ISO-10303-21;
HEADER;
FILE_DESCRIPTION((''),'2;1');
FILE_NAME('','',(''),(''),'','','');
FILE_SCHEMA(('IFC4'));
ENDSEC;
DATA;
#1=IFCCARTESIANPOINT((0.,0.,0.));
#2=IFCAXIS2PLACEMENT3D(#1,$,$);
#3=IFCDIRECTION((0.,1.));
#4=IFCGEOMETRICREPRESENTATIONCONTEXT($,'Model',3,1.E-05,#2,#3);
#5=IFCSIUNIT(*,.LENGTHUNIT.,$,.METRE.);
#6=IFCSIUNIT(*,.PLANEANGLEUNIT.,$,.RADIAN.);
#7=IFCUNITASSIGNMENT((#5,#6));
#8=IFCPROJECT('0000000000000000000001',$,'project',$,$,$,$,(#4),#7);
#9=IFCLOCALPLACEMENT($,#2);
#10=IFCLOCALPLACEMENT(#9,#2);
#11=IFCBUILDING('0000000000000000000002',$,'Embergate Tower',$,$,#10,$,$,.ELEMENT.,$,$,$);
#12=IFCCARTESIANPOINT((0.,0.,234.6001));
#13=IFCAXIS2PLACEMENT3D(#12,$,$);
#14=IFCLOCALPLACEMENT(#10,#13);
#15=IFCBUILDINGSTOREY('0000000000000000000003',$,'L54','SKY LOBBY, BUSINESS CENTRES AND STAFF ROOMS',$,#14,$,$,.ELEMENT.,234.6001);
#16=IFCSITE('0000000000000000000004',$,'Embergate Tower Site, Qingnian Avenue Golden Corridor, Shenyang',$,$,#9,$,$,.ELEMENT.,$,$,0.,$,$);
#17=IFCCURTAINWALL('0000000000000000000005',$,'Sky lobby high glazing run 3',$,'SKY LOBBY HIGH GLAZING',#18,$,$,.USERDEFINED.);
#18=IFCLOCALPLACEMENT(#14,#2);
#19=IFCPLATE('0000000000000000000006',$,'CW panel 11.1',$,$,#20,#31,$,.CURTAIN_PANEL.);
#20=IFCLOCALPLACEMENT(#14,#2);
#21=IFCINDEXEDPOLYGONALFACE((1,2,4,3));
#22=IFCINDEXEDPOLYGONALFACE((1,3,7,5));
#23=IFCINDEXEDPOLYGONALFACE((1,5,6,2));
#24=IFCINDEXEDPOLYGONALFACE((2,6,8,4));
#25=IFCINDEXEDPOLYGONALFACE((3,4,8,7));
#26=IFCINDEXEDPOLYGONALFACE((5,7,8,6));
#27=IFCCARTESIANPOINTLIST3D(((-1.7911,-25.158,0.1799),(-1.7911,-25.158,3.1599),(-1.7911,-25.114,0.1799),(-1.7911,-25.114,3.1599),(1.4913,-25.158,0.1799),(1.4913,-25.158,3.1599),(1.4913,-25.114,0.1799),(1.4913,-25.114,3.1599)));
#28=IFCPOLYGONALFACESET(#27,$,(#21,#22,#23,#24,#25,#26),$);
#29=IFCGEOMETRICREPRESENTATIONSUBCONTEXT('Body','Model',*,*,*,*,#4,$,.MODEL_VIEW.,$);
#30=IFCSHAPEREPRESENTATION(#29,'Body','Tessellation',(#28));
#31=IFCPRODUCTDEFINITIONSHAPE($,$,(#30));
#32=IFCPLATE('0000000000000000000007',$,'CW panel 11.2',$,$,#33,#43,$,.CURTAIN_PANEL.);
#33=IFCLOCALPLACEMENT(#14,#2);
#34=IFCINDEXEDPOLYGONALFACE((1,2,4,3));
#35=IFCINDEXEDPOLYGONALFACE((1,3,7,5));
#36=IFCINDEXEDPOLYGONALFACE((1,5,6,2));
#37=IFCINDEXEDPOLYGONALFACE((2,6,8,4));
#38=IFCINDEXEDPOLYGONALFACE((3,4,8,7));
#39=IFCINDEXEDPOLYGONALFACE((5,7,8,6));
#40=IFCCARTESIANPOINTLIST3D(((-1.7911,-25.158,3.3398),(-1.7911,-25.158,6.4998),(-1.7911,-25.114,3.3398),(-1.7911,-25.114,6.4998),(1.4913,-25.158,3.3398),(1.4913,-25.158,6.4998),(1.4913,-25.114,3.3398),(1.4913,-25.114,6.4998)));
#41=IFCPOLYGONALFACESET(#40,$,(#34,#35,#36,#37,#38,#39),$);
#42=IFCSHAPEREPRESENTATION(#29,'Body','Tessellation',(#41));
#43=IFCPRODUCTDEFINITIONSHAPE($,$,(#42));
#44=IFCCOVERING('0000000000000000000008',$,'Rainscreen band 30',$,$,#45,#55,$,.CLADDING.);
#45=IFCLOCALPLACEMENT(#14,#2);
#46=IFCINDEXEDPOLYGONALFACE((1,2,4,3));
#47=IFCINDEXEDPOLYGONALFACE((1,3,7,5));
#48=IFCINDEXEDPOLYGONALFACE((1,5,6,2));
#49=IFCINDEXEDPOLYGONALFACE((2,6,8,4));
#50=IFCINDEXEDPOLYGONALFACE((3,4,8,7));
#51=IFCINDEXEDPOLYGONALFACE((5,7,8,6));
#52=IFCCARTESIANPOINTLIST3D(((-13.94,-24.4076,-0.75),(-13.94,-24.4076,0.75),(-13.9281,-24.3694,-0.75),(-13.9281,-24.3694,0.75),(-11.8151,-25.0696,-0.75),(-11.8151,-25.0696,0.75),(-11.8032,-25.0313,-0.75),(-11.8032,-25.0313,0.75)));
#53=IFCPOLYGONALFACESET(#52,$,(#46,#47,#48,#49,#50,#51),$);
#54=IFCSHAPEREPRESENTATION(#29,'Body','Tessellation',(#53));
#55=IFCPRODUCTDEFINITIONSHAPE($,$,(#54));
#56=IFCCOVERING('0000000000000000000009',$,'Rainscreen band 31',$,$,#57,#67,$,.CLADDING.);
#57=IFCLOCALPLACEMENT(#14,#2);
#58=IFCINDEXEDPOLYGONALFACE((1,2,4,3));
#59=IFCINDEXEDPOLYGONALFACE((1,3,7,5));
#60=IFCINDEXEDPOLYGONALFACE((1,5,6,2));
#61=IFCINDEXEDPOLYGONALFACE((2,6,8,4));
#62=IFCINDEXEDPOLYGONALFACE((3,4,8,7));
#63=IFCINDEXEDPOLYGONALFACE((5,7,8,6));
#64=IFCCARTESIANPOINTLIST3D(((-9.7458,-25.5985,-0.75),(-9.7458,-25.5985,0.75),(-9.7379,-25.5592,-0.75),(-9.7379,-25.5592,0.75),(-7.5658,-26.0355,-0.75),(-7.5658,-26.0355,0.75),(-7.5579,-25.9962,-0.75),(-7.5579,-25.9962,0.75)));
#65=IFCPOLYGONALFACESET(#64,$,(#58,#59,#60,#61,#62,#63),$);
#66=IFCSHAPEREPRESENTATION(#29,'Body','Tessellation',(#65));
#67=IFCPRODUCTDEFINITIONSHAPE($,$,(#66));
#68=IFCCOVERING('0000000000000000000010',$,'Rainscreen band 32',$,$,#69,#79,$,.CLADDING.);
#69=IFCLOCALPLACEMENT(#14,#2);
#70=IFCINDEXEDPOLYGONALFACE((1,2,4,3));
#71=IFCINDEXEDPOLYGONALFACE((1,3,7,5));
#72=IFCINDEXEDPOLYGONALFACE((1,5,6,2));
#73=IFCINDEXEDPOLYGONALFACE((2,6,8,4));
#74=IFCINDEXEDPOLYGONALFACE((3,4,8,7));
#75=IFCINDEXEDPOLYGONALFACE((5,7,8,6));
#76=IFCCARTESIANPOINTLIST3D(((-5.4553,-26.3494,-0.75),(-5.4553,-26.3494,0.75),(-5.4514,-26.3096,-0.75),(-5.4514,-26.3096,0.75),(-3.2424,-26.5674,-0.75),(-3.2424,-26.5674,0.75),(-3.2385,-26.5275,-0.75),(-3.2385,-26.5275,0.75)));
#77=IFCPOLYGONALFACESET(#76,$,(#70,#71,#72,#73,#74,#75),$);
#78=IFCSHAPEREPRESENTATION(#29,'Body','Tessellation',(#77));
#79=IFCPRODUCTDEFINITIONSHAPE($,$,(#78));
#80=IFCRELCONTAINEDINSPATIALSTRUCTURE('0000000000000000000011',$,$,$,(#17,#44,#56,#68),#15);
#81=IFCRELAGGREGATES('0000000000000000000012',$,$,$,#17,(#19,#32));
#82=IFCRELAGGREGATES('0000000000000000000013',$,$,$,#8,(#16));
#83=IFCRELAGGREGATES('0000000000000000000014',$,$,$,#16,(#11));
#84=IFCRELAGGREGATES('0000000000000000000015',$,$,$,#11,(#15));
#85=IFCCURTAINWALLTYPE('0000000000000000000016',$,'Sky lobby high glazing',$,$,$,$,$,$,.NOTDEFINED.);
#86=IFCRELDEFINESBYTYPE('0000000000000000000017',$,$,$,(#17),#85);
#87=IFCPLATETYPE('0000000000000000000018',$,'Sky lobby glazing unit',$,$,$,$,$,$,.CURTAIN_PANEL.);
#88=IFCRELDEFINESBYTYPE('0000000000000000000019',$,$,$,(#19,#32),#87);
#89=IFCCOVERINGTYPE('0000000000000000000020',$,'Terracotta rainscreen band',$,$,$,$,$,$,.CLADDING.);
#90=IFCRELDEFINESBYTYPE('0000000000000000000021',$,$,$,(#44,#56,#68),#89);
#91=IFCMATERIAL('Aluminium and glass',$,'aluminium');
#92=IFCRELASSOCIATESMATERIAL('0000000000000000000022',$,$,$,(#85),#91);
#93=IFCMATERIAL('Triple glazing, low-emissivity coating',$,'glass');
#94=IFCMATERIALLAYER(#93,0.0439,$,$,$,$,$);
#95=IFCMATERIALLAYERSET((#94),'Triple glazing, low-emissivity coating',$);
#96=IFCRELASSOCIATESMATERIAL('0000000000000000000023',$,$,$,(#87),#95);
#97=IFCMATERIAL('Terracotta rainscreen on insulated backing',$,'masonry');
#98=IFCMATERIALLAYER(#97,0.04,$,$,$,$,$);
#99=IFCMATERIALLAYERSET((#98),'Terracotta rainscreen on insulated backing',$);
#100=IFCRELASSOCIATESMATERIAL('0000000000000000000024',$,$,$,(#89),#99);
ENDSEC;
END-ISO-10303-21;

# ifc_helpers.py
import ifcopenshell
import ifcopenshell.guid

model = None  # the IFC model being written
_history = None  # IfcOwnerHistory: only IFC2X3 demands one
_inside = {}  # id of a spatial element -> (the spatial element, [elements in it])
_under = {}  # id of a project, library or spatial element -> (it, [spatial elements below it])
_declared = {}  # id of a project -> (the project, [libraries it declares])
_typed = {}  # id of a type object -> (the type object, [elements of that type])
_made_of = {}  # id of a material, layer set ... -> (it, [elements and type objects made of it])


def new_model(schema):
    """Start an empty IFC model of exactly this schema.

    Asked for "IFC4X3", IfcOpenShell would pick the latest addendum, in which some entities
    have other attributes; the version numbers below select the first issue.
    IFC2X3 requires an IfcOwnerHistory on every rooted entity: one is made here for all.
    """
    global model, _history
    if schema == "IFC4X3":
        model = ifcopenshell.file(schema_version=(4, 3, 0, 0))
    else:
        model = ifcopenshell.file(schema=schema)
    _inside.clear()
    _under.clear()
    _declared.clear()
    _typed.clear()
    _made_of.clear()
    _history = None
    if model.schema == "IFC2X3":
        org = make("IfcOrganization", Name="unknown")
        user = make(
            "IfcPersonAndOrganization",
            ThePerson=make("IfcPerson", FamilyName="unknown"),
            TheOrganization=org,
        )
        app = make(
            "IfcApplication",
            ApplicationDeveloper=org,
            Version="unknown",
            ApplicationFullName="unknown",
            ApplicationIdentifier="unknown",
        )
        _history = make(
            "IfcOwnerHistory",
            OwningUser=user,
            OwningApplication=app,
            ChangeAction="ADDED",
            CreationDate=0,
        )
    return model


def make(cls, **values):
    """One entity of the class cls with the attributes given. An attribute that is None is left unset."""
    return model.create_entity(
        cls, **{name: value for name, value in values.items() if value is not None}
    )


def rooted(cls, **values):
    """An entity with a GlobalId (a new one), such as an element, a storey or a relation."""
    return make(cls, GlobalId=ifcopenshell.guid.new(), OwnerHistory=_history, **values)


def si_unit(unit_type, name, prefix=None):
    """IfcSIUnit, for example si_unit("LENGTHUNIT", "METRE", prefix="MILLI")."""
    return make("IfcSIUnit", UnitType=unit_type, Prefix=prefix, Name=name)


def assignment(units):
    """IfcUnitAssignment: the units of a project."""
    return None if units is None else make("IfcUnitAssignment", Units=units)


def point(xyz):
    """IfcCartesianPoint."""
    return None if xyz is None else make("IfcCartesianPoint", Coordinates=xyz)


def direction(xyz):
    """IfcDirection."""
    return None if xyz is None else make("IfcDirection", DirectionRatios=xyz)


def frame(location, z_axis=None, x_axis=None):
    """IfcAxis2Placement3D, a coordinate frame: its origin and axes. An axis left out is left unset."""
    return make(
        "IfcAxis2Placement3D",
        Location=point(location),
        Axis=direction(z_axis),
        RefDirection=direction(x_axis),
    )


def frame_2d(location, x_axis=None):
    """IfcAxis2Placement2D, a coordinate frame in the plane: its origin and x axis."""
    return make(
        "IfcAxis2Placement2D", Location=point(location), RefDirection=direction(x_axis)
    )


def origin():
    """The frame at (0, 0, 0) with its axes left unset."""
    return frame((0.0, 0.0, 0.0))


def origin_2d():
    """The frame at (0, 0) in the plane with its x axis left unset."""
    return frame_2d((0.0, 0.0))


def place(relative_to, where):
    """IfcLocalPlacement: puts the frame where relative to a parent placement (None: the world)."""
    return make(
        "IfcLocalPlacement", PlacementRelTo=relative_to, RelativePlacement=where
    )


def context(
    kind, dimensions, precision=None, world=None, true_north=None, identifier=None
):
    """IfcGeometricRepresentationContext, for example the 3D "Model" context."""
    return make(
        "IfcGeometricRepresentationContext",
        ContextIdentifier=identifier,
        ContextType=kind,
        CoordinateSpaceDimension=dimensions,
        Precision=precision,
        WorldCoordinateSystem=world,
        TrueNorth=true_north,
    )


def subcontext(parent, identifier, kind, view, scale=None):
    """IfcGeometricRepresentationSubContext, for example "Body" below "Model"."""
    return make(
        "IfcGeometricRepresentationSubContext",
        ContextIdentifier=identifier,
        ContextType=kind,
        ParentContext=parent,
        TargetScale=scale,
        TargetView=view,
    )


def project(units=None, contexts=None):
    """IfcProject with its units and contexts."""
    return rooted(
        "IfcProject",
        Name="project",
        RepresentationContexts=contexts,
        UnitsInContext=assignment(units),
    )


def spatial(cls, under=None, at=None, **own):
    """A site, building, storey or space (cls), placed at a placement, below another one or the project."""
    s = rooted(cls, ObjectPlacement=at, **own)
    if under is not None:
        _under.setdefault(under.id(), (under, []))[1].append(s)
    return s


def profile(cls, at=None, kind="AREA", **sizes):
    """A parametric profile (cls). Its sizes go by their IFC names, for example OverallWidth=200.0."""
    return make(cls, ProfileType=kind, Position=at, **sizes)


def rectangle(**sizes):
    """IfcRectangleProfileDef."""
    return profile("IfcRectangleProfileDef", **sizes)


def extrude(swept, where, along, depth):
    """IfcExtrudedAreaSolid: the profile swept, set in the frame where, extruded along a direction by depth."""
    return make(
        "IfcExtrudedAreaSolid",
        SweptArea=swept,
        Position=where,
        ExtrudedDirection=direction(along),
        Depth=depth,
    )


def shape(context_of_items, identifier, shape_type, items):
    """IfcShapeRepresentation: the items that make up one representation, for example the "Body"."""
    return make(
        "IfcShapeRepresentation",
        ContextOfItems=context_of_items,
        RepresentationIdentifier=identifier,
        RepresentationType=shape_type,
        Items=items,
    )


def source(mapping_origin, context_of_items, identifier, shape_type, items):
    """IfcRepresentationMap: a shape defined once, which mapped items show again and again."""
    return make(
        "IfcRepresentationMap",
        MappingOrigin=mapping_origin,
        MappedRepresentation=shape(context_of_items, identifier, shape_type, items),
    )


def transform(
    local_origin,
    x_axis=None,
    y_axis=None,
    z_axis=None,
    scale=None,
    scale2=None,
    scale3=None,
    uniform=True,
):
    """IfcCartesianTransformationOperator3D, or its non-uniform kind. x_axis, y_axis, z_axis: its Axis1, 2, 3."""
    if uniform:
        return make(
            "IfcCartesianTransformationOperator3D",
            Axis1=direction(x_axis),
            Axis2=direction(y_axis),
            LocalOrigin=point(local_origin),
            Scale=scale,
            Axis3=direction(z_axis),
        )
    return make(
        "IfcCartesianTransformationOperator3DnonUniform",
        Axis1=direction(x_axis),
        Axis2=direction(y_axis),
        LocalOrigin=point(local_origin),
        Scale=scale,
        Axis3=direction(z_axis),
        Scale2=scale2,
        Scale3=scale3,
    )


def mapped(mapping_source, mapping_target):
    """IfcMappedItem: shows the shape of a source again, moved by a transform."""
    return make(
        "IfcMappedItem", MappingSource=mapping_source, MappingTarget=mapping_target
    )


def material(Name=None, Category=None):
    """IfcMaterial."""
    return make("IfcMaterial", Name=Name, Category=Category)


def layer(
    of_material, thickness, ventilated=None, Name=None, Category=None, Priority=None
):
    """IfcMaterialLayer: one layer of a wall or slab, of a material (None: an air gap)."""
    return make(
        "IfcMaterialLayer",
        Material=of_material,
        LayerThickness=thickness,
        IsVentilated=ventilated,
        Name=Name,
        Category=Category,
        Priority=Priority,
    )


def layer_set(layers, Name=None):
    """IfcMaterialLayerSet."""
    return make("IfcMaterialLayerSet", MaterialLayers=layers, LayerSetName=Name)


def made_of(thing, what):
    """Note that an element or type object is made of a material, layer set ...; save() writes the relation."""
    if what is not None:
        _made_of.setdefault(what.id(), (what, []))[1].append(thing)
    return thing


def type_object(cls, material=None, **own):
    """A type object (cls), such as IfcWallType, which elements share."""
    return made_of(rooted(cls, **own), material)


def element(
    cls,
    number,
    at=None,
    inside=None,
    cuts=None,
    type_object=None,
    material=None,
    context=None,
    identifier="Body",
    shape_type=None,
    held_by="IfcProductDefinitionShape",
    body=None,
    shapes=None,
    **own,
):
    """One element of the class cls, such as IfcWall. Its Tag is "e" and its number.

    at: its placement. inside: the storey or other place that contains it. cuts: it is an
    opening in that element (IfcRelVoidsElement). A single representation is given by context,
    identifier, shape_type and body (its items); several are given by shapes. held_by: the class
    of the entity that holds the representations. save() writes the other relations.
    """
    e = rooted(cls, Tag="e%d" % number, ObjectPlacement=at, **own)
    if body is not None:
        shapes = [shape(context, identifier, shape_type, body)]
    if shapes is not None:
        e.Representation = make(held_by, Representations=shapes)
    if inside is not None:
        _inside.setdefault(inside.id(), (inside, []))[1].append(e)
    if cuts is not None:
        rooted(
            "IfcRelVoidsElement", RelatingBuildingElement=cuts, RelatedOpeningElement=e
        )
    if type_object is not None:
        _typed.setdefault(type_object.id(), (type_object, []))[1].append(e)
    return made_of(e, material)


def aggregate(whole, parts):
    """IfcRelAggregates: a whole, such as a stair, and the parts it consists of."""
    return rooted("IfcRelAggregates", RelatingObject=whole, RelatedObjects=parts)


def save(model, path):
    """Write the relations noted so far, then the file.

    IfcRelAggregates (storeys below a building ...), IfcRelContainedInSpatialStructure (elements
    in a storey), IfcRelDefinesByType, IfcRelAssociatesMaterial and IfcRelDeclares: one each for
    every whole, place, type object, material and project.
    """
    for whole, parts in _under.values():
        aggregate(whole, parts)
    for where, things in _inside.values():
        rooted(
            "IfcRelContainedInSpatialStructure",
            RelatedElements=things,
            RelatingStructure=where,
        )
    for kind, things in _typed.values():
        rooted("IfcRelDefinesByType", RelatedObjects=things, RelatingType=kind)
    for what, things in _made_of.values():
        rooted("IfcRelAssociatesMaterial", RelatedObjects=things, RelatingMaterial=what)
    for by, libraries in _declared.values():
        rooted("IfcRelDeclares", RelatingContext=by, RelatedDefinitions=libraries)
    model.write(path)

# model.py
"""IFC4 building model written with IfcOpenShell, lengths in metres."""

from ifc_helpers import new_model, si_unit, direction, frame, origin, origin_2d, place, context, subcontext, project, spatial, rectangle, extrude, source, transform, mapped, material, layer, layer_set, type_object, element, aggregate, save


model = new_model("IFC4")

# Units and contexts
model_context = context("Model", 3, precision=1e-05, world=origin(), true_north=direction((0.0, 1.0)))
body_context = subcontext(model_context, "Body", "Model", "MODEL_VIEW")
ifc_project = project(units=[si_unit("LENGTHUNIT", "METRE"), si_unit("PLANEANGLEUNIT", "RADIAN")], contexts=[model_context])

# Site, building, storey
site_placement = place(None, origin())
site = spatial("IfcSite", under=ifc_project, at=site_placement, Name="Embergate Tower Site, Qingnian Avenue Golden Corridor, Shenyang", CompositionType="ELEMENT", RefElevation=0.0)
building_placement = place(site_placement, origin())
building = spatial("IfcBuilding", under=site, at=building_placement, Name="Embergate Tower", CompositionType="ELEMENT")
storey_placement = place(building_placement, frame((0.0, 0.0, 234.6001)))
storey = spatial("IfcBuildingStorey", under=building, at=storey_placement, Name="L54", Description="SKY LOBBY, BUSINESS CENTRES AND STAFF ROOMS", CompositionType="ELEMENT", Elevation=234.6001)

# Curtain wall
ifc_material_1 = material(Name="Aluminium and glass", Category="aluminium")
curtain_wall_type = type_object("IfcCurtainWallType", Name="Sky lobby high glazing", PredefinedType="NOTDEFINED", material=ifc_material_1)
curtain_wall_placement = place(storey_placement, origin())
curtain_wall = element("IfcCurtainWall", 1, at=curtain_wall_placement, inside=storey, type_object=curtain_wall_type, Name="Sky lobby high glazing run 3", ObjectType="SKY LOBBY HIGH GLAZING", PredefinedType="USERDEFINED")

# Plates
ifc_material_2 = material(Name="Triple glazing, low-emissivity coating", Category="glass")
ifc_layer_1 = layer(ifc_material_2, 0.0439)
ifc_layer_set_1 = layer_set([ifc_layer_1], Name="Triple glazing, low-emissivity coating")
plate_type = type_object("IfcPlateType", Name="Sky lobby glazing unit", PredefinedType="CURTAIN_PANEL", material=ifc_layer_set_1)
shared_shape_1 = source(origin(), body_context, "Body", "SweptSolid", [
    extrude(rectangle(XDim=3.2825, YDim=0.0439, at=origin_2d()), origin(), (0.0, 0.0, 1.0), 2.98),
])
plate_1_placement = place(storey_placement, frame((-0.1499, -25.136, 0.1799), z_axis=(0.0, 0.0, 1.0), x_axis=(1.0, 0.0, 0.0)))
plate_1 = element("IfcPlate", 2, at=plate_1_placement, type_object=plate_type, Name="CW panel 11.1", PredefinedType="CURTAIN_PANEL", context=body_context, shape_type="MappedRepresentation", body=[
    mapped(shared_shape_1, transform((0.0, 0.0, 0.0))),
])
shared_shape_2 = source(origin(), body_context, "Body", "SweptSolid", [
    extrude(rectangle(XDim=3.2825, YDim=0.0439, at=origin_2d()), origin(), (0.0, 0.0, 1.0), 3.1599),
])
plate_2_placement = place(storey_placement, frame((-0.1499, -25.136, 3.3398), z_axis=(0.0, 0.0, 1.0), x_axis=(1.0, 0.0, 0.0)))
plate_2 = element("IfcPlate", 3, at=plate_2_placement, type_object=plate_type, Name="CW panel 11.2", PredefinedType="CURTAIN_PANEL", context=body_context, shape_type="MappedRepresentation", body=[
    mapped(shared_shape_2, transform((0.0, 0.0, 0.0))),
])
aggregate(curtain_wall, [plate_1, plate_2])

# Coverings
ifc_material_3 = material(Name="Terracotta rainscreen on insulated backing", Category="masonry")
ifc_layer_2 = layer(ifc_material_3, 0.04)
ifc_layer_set_2 = layer_set([ifc_layer_2], Name="Terracotta rainscreen on insulated backing")
covering_type = type_object("IfcCoveringType", Name="Terracotta rainscreen band", PredefinedType="CLADDING", material=ifc_layer_set_2)
shared_shape_3 = source(origin(), body_context, "Body", "SweptSolid", [
    extrude(rectangle(XDim=2.2256, YDim=0.04, at=origin_2d()), origin(), (0.0, 0.0, 1.0), 1.5),
])
covering_1_placement = place(storey_placement, frame((-12.8716, -24.7195, -0.75), z_axis=(0.0, 0.0, 1.0), x_axis=(0.954744, -0.29743, 0.0)))
element("IfcCovering", 4, at=covering_1_placement, inside=storey, type_object=covering_type, Name="Rainscreen band 30", PredefinedType="CLADDING", context=body_context, shape_type="MappedRepresentation", body=[
    mapped(shared_shape_3, transform((0.0, 0.0, 0.0))),
])
shared_shape_4 = source(origin(), body_context, "Body", "SweptSolid", [
    extrude(rectangle(XDim=2.2234, YDim=0.04, at=origin_2d()), origin(), (0.0, 0.0, 1.0), 1.5),
])
covering_2_placement = place(storey_placement, frame((-8.6519, -25.7974, -0.75), z_axis=(0.0, 0.0, 1.0), x_axis=(0.980494, -0.196549, 0.0)))
element("IfcCovering", 5, at=covering_2_placement, inside=storey, type_object=covering_type, Name="Rainscreen band 31", PredefinedType="CLADDING", context=body_context, shape_type="MappedRepresentation", body=[
    mapped(shared_shape_4, transform((0.0, 0.0, 0.0))),
])
shared_shape_5 = source(origin(), body_context, "Body", "SweptSolid", [
    extrude(rectangle(XDim=2.2236, YDim=0.04, at=origin_2d()), origin(), (0.0, 0.0, 1.0), 1.5),
])
covering_3_placement = place(storey_placement, frame((-4.3469, -26.4385, -0.75), z_axis=(0.0, 0.0, 1.0), x_axis=(0.995183, -0.098035, 0.0)))
element("IfcCovering", 6, at=covering_3_placement, inside=storey, type_object=covering_type, Name="Rainscreen band 32", PredefinedType="CLADDING", context=body_context, shape_type="MappedRepresentation", body=[
    mapped(shared_shape_5, transform((0.0, 0.0, 0.0))),
])

save(model, "model.ifc")
